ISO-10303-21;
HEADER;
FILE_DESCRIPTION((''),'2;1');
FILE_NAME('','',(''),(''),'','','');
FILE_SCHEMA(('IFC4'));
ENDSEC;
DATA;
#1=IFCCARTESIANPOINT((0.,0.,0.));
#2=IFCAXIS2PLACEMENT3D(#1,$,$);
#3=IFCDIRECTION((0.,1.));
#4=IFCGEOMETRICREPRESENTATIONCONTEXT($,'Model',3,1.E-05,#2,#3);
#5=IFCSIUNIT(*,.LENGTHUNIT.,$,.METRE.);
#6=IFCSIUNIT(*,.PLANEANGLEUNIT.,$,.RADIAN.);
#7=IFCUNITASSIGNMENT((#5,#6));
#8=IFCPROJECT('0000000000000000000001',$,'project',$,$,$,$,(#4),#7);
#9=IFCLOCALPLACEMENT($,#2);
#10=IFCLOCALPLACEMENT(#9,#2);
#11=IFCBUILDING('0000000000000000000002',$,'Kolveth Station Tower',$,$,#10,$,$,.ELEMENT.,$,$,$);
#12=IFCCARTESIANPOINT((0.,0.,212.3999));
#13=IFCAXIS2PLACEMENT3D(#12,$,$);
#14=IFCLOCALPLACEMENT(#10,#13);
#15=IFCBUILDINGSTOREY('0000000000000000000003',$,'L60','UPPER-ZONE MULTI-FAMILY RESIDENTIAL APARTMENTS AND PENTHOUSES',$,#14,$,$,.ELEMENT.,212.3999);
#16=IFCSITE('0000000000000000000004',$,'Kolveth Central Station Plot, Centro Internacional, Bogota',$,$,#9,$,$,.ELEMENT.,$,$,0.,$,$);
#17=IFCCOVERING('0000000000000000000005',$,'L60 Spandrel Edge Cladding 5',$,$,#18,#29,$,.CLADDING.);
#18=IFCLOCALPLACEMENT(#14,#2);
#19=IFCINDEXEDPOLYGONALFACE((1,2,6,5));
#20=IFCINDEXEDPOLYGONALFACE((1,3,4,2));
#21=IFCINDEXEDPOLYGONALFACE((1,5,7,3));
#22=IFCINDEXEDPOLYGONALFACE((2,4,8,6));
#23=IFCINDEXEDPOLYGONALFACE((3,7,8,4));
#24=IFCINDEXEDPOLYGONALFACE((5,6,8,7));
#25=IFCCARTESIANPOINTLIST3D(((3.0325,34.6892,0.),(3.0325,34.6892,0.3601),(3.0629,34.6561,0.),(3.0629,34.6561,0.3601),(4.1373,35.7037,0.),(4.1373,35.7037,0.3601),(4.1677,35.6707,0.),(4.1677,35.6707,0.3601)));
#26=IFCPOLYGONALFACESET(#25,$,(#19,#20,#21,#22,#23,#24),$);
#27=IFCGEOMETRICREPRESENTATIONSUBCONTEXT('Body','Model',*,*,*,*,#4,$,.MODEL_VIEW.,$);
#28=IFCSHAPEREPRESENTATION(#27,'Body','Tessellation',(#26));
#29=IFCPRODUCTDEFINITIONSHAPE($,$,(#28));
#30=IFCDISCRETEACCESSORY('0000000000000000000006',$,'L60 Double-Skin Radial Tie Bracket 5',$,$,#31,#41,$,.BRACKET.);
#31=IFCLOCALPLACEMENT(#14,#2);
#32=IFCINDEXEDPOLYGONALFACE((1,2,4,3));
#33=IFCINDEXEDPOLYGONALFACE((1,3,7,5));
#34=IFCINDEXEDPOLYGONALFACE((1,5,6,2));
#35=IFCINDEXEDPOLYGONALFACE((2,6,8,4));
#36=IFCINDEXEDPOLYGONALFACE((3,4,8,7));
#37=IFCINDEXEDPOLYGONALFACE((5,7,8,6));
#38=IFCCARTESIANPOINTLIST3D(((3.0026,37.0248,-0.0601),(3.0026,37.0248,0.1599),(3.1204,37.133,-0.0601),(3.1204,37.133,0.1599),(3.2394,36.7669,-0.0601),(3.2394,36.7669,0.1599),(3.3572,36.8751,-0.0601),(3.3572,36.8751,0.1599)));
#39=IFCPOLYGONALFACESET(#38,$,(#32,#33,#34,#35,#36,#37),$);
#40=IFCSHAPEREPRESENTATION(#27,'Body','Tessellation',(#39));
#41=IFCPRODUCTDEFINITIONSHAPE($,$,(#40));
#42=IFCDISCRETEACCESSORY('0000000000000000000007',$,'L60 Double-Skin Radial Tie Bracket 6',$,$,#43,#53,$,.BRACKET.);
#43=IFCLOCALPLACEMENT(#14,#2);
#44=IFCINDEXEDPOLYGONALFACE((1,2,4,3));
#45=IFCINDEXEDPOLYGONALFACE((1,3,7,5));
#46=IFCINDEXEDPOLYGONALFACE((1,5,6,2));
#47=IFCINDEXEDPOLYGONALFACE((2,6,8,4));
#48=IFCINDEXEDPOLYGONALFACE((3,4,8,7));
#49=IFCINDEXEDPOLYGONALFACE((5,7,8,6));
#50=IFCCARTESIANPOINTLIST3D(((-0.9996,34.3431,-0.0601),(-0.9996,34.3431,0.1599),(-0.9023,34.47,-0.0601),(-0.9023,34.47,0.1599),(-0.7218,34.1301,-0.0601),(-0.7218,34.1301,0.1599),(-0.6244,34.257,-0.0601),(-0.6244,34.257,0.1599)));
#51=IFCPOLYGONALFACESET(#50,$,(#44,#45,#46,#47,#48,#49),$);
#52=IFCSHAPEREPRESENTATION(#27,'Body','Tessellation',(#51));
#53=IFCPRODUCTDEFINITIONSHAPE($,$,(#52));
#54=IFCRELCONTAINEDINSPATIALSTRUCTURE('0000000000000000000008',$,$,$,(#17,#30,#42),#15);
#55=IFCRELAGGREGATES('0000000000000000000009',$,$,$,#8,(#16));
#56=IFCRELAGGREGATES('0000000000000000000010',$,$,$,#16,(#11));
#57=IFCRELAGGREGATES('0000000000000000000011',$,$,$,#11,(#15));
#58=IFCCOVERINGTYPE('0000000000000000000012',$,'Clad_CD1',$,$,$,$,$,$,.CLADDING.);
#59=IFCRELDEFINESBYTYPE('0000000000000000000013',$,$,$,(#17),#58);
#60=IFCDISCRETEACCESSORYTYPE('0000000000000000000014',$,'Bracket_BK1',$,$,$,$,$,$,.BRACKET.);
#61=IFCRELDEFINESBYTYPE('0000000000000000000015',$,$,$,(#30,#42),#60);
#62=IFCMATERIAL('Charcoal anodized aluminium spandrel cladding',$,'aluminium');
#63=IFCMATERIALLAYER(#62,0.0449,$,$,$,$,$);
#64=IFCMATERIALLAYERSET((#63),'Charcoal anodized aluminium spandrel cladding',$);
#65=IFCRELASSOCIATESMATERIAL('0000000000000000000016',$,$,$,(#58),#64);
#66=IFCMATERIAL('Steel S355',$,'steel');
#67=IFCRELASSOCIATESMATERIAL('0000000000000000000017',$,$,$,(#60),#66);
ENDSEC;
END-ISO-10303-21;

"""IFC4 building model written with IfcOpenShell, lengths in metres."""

from ifc_helpers import new_model, si_unit, direction, frame, origin, origin_2d, place, context, subcontext, project, spatial, rectangle, extrude, source, transform, mapped, material, layer, layer_set, type_object, element, save


model = new_model("IFC4")

# Units and contexts
model_context = context("Model", 3, precision=1e-05, world=origin(), true_north=direction((0.0, 1.0)))
body_context = subcontext(model_context, "Body", "Model", "MODEL_VIEW")
ifc_project = project(units=[si_unit("LENGTHUNIT", "METRE"), si_unit("PLANEANGLEUNIT", "RADIAN")], contexts=[model_context])

# Site, building, storey
site_placement = place(None, origin())
site = spatial("IfcSite", under=ifc_project, at=site_placement, Name="Kolveth Central Station Plot, Centro Internacional, Bogota", CompositionType="ELEMENT", RefElevation=0.0)
building_placement = place(site_placement, origin())
building = spatial("IfcBuilding", under=site, at=building_placement, Name="Kolveth Station Tower", CompositionType="ELEMENT")
storey_placement = place(building_placement, frame((0.0, 0.0, 212.3999)))
storey = spatial("IfcBuildingStorey", under=building, at=storey_placement, Name="L60", Description="UPPER-ZONE MULTI-FAMILY RESIDENTIAL APARTMENTS AND PENTHOUSES", CompositionType="ELEMENT", Elevation=212.3999)

# Covering
ifc_material_1 = material(Name="Charcoal anodized aluminium spandrel cladding", Category="aluminium")
ifc_layer_1 = layer(ifc_material_1, 0.0449)
ifc_layer_set_1 = layer_set([ifc_layer_1], Name="Charcoal anodized aluminium spandrel cladding")
covering_type = type_object("IfcCoveringType", Name="Clad_CD1", PredefinedType="CLADDING", material=ifc_layer_set_1)
shared_shape_1 = source(origin(), body_context, "Body", "SweptSolid", [
    extrude(rectangle(XDim=1.5, YDim=0.0449, at=origin_2d()), origin(), (0.0, 0.0, 1.0), 0.3601),
])
covering_placement = place(storey_placement, frame((3.6001, 35.1799, 0.0), z_axis=(0.0, 0.0, 1.0), x_axis=(-0.736569, -0.676362, 0.0)))
element("IfcCovering", 1, at=covering_placement, inside=storey, type_object=covering_type, Name="L60 Spandrel Edge Cladding 5", PredefinedType="CLADDING", context=body_context, shape_type="MappedRepresentation", body=[
    mapped(shared_shape_1, transform((0.0, 0.0, 0.0), x_axis=(1.0, 0.0, 0.0), y_axis=(0.0, 1.0, 0.0), z_axis=(0.0, 0.0, 1.0), scale=1.0)),
])

# Discrete accessories
ifc_material_2 = material(Name="Steel S355", Category="steel")
discrete_accessory_type = type_object("IfcDiscreteAccessoryType", Name="Bracket_BK1", PredefinedType="BRACKET", material=ifc_material_2)
shared_shape_2 = source(origin(), body_context, "Body", "SweptSolid", [
    extrude(rectangle(XDim=0.3501, YDim=0.1599, at=origin_2d()), origin(), (0.0, 0.0, 1.0), 0.22),
])
for number, where, z_axis, x_axis, name in (
    (2, (3.1799, 36.95, -0.0601), (0.0, 0.0, 1.0), (-0.676362, 0.736569, 0.0), "L60 Double-Skin Radial Tie Bracket 5"),
    (3, (-0.812, 34.3, -0.0601), (0.0, 0.0, 1.0), (-0.793566, 0.608484, 0.0), "L60 Double-Skin Radial Tie Bracket 6"),
):
    element("IfcDiscreteAccessory", number, at=place(storey_placement, frame(where, z_axis=z_axis, x_axis=x_axis)), inside=storey, type_object=discrete_accessory_type, Name=name, PredefinedType="BRACKET", context=body_context, shape_type="MappedRepresentation", body=[
        mapped(shared_shape_2, transform((0.0, 0.0, 0.0), x_axis=(1.0, 0.0, 0.0), y_axis=(0.0, 1.0, 0.0), z_axis=(0.0, 0.0, 1.0), scale=1.0)),
    ])

save(model, "model.ifc")
